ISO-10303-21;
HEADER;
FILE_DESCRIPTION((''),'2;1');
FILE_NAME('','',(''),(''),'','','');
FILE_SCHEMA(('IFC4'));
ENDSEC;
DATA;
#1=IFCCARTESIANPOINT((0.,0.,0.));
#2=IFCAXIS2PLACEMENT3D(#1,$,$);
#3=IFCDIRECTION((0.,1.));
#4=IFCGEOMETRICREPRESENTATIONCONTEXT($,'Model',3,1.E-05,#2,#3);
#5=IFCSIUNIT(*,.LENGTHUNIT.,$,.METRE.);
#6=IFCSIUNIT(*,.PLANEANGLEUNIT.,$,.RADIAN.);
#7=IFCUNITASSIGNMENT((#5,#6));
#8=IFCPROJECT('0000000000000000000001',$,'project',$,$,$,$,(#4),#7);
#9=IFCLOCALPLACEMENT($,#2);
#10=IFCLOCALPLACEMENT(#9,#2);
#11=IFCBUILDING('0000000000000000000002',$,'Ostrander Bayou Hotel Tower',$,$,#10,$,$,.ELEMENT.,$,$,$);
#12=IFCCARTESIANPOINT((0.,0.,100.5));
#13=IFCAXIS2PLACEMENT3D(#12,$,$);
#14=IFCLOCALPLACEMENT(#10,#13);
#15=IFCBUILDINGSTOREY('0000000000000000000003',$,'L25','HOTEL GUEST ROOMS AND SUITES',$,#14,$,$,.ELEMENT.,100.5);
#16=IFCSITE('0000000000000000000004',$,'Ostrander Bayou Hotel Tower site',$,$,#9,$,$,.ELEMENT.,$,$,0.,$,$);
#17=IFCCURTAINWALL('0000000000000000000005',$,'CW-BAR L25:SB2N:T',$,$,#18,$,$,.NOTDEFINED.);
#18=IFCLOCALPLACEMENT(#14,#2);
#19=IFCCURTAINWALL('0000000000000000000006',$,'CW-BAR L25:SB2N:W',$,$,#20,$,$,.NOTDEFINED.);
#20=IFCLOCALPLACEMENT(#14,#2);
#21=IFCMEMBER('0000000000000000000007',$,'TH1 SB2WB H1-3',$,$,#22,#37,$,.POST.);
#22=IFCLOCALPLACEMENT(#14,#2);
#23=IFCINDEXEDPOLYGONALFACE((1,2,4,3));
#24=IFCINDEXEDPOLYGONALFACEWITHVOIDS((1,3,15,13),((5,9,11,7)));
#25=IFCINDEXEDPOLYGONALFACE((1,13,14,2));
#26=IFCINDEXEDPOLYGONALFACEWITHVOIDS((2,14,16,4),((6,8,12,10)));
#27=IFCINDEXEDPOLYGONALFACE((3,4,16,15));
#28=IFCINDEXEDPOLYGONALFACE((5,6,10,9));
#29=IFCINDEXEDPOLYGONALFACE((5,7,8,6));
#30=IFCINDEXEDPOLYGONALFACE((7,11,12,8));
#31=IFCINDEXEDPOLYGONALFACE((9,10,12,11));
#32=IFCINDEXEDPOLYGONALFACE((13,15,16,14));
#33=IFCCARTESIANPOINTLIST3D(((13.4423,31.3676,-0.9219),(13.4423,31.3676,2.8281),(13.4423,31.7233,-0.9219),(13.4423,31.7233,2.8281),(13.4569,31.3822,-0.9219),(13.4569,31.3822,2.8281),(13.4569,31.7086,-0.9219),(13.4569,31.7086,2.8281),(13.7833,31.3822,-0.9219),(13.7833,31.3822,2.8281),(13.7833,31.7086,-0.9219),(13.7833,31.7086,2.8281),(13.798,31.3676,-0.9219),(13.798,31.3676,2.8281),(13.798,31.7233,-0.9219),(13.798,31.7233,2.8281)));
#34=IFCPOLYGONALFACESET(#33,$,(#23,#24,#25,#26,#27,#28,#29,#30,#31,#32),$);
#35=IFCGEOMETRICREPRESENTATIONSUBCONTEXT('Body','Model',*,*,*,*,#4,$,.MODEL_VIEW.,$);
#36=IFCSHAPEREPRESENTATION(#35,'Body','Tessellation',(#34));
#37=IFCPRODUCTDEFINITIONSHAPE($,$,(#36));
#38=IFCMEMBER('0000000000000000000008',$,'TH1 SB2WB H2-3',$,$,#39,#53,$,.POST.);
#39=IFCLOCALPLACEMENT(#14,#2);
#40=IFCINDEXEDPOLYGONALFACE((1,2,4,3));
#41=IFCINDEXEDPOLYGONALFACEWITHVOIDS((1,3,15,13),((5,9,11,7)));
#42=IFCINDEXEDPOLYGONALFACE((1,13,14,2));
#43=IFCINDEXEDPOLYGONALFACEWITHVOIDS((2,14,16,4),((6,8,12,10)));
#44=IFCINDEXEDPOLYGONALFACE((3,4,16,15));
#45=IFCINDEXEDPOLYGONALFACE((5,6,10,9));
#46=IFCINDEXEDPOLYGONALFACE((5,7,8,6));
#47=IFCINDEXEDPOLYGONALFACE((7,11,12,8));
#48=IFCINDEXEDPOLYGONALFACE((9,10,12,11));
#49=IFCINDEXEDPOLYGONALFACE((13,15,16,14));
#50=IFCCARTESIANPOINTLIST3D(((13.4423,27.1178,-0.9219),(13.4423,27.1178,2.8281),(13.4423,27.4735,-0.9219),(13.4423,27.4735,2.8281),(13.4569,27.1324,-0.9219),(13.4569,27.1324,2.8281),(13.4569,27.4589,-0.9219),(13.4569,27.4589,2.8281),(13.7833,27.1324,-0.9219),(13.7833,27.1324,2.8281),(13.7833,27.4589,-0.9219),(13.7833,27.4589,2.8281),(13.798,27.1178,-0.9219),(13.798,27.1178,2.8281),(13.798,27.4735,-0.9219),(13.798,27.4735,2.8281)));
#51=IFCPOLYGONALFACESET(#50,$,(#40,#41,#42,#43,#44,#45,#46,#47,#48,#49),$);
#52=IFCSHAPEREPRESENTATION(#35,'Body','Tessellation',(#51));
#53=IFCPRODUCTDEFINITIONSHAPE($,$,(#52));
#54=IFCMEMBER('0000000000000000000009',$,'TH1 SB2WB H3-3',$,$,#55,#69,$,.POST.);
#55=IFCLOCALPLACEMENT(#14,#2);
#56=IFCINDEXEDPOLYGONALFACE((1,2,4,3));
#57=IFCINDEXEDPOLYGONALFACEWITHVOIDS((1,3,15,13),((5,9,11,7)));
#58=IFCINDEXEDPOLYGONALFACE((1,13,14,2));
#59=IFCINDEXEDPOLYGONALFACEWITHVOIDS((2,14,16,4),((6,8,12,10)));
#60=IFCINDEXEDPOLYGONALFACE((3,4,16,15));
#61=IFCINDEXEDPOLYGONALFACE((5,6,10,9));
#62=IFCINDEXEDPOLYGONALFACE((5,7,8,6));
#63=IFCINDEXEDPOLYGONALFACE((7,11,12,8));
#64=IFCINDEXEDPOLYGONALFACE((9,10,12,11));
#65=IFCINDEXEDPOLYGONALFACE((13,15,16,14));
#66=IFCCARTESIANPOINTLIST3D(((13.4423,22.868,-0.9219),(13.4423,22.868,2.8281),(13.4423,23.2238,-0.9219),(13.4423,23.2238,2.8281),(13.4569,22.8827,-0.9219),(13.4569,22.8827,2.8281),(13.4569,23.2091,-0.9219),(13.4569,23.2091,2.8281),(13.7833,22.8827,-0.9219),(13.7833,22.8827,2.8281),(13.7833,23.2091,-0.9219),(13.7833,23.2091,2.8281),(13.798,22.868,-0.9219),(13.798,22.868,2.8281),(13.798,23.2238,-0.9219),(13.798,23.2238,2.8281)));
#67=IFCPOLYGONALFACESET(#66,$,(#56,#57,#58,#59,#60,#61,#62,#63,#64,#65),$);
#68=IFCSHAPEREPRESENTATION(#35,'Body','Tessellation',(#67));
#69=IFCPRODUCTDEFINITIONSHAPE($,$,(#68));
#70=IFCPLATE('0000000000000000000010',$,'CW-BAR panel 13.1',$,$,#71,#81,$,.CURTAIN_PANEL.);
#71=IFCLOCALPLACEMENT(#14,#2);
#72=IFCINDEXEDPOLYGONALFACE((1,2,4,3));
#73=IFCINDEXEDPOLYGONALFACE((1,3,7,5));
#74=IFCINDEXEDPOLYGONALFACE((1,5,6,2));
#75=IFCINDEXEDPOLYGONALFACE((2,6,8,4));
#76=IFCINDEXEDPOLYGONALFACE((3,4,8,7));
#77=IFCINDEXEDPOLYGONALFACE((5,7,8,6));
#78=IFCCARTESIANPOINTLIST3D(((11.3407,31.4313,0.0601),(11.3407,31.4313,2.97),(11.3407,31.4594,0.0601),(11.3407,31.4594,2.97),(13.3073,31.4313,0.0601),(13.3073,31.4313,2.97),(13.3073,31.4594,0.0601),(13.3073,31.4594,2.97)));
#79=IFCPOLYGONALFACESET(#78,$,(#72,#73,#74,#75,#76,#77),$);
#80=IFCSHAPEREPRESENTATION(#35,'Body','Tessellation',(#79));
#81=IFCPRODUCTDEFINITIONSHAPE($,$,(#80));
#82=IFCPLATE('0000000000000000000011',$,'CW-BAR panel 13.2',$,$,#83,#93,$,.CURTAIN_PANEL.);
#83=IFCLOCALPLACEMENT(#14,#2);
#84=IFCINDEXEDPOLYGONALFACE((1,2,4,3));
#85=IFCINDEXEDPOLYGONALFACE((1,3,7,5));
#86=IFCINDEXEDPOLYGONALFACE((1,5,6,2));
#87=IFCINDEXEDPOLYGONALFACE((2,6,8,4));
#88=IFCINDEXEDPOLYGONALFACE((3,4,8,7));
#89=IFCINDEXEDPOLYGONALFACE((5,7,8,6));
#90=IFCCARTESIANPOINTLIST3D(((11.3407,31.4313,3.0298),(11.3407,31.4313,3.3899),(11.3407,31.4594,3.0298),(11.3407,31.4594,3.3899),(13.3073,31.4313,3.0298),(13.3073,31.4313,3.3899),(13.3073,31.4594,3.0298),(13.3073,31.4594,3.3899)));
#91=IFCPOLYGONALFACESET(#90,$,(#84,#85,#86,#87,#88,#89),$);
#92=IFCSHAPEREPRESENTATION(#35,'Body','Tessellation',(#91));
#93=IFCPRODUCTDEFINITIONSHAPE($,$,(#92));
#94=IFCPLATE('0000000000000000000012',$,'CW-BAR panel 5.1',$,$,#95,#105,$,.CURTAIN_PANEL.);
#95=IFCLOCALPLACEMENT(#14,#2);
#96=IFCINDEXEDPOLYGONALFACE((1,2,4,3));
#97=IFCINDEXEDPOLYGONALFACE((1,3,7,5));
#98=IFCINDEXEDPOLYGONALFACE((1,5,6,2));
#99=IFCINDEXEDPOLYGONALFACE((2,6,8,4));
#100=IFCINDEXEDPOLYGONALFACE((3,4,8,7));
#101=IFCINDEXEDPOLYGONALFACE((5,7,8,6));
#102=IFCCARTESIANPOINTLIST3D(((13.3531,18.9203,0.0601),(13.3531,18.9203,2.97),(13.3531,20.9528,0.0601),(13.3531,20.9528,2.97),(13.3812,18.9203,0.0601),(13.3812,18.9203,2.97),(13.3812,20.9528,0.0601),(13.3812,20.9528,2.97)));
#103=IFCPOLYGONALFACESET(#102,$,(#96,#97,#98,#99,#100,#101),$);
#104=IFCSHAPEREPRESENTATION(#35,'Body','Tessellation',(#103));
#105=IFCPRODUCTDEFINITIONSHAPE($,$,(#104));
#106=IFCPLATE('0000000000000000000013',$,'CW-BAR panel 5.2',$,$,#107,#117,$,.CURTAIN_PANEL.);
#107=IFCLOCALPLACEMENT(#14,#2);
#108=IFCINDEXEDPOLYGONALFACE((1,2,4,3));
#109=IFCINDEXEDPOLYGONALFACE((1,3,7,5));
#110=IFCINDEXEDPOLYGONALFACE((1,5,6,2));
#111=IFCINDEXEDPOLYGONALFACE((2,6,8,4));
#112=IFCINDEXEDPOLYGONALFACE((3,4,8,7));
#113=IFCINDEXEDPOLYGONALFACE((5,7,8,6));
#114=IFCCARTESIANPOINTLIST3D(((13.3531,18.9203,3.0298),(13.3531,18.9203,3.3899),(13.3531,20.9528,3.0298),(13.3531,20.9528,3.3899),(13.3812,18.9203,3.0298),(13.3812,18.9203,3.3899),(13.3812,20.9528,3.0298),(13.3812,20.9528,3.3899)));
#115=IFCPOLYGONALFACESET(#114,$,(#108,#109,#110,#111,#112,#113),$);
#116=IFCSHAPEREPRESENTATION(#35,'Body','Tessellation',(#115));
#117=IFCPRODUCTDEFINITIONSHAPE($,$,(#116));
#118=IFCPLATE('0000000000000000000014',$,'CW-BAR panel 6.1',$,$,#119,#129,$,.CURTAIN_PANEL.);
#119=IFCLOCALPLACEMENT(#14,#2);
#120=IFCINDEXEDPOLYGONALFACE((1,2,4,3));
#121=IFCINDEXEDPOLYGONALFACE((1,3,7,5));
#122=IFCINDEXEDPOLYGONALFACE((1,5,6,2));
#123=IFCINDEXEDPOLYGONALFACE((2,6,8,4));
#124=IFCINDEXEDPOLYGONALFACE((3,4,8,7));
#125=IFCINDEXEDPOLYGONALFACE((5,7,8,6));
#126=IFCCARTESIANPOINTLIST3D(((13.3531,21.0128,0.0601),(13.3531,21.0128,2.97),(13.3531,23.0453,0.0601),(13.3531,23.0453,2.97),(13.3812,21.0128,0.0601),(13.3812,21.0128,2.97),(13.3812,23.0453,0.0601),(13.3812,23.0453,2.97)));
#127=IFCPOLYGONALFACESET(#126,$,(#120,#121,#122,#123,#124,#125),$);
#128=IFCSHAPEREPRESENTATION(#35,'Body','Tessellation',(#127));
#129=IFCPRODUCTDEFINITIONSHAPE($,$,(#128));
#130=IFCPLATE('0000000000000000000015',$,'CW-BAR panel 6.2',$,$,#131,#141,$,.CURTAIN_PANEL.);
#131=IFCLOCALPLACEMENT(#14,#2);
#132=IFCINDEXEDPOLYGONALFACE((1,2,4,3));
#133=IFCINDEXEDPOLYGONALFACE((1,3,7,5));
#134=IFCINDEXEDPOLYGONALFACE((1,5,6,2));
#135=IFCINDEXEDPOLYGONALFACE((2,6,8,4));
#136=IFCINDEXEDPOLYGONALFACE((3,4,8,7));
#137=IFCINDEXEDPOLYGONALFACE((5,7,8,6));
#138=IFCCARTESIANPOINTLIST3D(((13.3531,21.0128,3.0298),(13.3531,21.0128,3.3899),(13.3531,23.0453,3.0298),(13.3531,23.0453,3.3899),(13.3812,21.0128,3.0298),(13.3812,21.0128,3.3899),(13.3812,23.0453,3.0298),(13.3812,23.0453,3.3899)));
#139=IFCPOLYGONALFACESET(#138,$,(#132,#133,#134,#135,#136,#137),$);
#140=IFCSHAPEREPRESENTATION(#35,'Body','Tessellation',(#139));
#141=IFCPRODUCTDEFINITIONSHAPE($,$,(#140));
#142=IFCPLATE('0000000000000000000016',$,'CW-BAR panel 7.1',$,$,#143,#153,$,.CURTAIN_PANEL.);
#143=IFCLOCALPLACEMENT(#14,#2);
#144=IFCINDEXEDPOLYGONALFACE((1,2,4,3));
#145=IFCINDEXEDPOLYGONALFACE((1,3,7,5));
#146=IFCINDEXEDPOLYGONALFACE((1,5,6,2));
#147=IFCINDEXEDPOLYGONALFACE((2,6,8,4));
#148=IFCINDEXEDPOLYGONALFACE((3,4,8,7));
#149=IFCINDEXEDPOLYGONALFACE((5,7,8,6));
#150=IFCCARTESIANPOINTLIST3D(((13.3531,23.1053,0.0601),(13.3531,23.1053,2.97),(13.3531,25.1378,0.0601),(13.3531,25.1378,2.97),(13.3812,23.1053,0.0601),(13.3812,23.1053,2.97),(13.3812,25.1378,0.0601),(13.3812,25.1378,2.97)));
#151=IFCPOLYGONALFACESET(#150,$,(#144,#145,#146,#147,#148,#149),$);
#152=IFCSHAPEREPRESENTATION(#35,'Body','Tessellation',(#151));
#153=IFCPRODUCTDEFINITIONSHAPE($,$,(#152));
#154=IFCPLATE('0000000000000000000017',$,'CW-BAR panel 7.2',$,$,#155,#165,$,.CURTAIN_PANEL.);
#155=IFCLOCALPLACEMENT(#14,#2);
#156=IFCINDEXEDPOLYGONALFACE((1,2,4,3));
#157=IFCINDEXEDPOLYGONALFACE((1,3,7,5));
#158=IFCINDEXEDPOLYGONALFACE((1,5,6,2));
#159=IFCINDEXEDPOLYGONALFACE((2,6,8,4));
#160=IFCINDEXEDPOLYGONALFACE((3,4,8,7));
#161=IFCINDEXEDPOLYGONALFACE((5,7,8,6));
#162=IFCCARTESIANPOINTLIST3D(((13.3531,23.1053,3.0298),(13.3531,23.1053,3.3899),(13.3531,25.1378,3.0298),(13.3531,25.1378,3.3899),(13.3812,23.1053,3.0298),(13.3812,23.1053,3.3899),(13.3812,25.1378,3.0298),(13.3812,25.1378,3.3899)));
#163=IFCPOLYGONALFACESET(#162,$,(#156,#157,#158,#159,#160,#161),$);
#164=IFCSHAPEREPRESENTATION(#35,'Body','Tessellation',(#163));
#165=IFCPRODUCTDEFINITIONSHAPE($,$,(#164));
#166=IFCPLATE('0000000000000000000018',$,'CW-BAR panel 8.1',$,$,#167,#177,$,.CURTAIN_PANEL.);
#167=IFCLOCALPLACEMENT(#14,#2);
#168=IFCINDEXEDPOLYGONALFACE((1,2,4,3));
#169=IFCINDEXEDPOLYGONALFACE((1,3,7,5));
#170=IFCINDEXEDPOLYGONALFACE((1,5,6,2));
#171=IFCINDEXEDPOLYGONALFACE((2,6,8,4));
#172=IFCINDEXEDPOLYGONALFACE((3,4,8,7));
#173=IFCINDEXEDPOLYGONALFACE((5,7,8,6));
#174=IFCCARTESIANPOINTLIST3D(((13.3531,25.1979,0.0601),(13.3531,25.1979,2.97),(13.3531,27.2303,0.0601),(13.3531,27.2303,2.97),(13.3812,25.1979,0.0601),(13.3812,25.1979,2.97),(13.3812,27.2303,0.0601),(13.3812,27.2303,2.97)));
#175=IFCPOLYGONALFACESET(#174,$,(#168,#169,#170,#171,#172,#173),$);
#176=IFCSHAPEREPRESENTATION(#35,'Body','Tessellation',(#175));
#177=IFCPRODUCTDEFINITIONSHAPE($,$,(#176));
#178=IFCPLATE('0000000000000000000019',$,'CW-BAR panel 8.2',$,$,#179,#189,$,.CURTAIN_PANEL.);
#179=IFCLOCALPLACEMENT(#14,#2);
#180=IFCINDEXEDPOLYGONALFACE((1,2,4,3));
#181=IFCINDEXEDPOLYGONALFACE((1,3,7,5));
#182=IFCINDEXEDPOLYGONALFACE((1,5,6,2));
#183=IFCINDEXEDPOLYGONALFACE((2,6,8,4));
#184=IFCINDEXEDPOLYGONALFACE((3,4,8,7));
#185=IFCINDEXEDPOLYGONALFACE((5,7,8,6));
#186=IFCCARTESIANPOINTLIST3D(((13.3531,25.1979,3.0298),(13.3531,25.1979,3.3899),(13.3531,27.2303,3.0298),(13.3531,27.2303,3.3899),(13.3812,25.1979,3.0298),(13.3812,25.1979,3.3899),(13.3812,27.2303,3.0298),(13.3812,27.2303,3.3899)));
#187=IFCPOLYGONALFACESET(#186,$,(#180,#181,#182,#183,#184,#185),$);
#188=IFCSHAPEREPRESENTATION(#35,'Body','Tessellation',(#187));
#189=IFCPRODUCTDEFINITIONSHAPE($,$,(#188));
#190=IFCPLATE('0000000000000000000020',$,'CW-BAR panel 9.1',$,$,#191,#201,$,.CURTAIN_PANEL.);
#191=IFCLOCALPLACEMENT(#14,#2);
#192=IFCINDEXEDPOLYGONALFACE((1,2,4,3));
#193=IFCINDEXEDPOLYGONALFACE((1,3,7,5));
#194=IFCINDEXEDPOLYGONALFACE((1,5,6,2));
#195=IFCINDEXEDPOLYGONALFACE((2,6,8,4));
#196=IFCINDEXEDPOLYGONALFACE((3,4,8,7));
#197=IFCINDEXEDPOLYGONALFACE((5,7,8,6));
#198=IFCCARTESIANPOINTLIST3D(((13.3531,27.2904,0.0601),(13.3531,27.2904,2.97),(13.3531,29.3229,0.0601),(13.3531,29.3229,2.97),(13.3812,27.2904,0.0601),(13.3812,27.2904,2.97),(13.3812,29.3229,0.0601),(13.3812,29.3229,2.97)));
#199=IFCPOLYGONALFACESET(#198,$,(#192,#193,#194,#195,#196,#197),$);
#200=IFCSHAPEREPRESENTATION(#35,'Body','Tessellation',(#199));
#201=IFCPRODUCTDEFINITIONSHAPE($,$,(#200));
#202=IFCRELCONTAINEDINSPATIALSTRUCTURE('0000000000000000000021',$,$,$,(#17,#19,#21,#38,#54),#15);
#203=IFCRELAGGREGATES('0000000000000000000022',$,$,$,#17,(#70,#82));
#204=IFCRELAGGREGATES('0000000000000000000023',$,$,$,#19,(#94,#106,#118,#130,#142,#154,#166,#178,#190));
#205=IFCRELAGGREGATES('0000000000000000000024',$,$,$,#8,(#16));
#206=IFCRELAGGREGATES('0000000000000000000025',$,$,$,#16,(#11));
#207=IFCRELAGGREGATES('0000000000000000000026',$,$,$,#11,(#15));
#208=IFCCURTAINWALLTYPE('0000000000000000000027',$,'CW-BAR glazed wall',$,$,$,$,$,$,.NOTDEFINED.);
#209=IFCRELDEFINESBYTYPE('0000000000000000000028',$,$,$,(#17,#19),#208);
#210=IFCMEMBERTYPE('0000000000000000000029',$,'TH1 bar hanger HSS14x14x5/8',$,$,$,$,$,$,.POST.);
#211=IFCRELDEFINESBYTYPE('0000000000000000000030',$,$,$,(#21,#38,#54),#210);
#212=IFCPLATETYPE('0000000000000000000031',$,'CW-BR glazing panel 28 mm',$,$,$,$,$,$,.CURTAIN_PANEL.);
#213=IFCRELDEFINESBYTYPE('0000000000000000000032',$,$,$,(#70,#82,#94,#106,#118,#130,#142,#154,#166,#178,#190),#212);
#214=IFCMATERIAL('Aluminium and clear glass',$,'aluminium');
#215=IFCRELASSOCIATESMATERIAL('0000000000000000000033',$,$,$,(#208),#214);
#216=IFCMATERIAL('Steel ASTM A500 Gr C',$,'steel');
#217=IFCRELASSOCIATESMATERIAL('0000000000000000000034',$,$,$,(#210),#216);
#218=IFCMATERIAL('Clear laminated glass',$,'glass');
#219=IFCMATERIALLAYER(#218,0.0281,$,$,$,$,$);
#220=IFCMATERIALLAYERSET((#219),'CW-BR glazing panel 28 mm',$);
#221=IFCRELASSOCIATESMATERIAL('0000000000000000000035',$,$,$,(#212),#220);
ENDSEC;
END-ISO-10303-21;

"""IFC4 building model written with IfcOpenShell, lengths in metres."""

from ifc_helpers import new_model, si_unit, direction, frame, origin, origin_2d, place, context, subcontext, project, spatial, rectangle, hollow_rectangle, extrude, material, layer, layer_set, material_profile, profile_set, type_object, element, aggregate, save


model = new_model("IFC4")

# Units and contexts
model_context = context("Model", 3, precision=1e-05, world=origin(), true_north=direction((0.0, 1.0)))
body_context = subcontext(model_context, "Body", "Model", "MODEL_VIEW")
ifc_project = project(units=[si_unit("LENGTHUNIT", "METRE"), si_unit("PLANEANGLEUNIT", "RADIAN")], contexts=[model_context])

# Site, building, storey
site_placement = place(None, origin())
site = spatial("IfcSite", under=ifc_project, at=site_placement, Name="Ostrander Bayou Hotel Tower site", CompositionType="ELEMENT", RefElevation=0.0)
building_placement = place(site_placement, origin())
building = spatial("IfcBuilding", under=site, at=building_placement, Name="Ostrander Bayou Hotel Tower", CompositionType="ELEMENT")
storey_placement = place(building_placement, frame((0.0, 0.0, 100.5)))
storey = spatial("IfcBuildingStorey", under=building, at=storey_placement, Name="L25", Description="HOTEL GUEST ROOMS AND SUITES", CompositionType="ELEMENT", Elevation=100.5)

# Curtain wall
ifc_material_1 = material(Name="Aluminium and clear glass", Category="aluminium")
curtain_wall_type = type_object("IfcCurtainWallType", Name="CW-BAR glazed wall", PredefinedType="NOTDEFINED", material=ifc_material_1)
curtain_wall_1_placement = place(storey_placement, origin())
curtain_wall_1 = element("IfcCurtainWall", 1, at=curtain_wall_1_placement, inside=storey, type_object=curtain_wall_type, Name="CW-BAR L25:SB2N:T", PredefinedType="NOTDEFINED")

# Curtain wall
curtain_wall_2_placement = place(storey_placement, origin())
curtain_wall_2 = element("IfcCurtainWall", 2, at=curtain_wall_2_placement, inside=storey, type_object=curtain_wall_type, Name="CW-BAR L25:SB2N:W", PredefinedType="NOTDEFINED")

# Members
ifc_material_2 = material(Name="Steel ASTM A500 Gr C", Category="steel")
ifc_material_profile_1 = material_profile(ifc_material_2, hollow_rectangle(XDim=0.3557, YDim=0.3557, WallThickness=0.0146, at=origin_2d()))
ifc_profile_set_1 = profile_set([ifc_material_profile_1], Name="Steel ASTM A500 Gr C")
member_type_1 = type_object("IfcMemberType", Name="TH1 bar hanger HSS14x14x5/8", PredefinedType="POST", material=ifc_profile_set_1)
for number, where, z_axis, x_axis, name in (
    (3, (13.6201, 31.5454, -0.9219), (0.0, 0.0, 1.0), (1.0, 0.0, 0.0), "TH1 SB2WB H1-3"),
    (4, (13.6201, 27.2957, -0.9219), (0.0, 0.0, 1.0), (1.0, 0.0, 0.0), "TH1 SB2WB H2-3"),
    (5, (13.6201, 23.0459, -0.9219), (0.0, 0.0, 1.0), (1.0, 0.0, 0.0), "TH1 SB2WB H3-3"),
):
    element("IfcMember", number, at=place(storey_placement, frame(where, z_axis=z_axis, x_axis=x_axis)), inside=storey, type_object=member_type_1, Name=name, PredefinedType="POST", context=body_context, shape_type="SweptSolid", body=[
        extrude(hollow_rectangle(XDim=0.3557, YDim=0.3557, WallThickness=0.0146, at=origin_2d()), origin(), (0.0, 0.0, 1.0), 3.75),
    ])

# Plates
ifc_material_3 = material(Name="Clear laminated glass", Category="glass")
ifc_layer = layer(ifc_material_3, 0.0281)
ifc_layer_set = layer_set([ifc_layer], Name="CW-BR glazing panel 28 mm")
plate_type = type_object("IfcPlateType", Name="CW-BR glazing panel 28 mm", PredefinedType="CURTAIN_PANEL", material=ifc_layer_set)
plate_1_placement = place(storey_placement, frame((12.324, 31.4453, 0.0601), z_axis=(0.0, 0.0, 1.0), x_axis=(1.0, 0.0, 0.0)))
plate_1 = element("IfcPlate", 6, at=plate_1_placement, type_object=plate_type, Name="CW-BAR panel 13.1", PredefinedType="CURTAIN_PANEL", context=body_context, shape_type="SweptSolid", body=[
    extrude(rectangle(XDim=1.9666, YDim=0.0281, at=origin_2d()), origin(), (0.0, 0.0, 1.0), 2.9099),
])
plate_2_placement = place(storey_placement, frame((12.324, 31.4453, 3.0298), z_axis=(0.0, 0.0, 1.0), x_axis=(1.0, 0.0, 0.0)))
plate_2 = element("IfcPlate", 7, at=plate_2_placement, type_object=plate_type, Name="CW-BAR panel 13.2", PredefinedType="CURTAIN_PANEL", context=body_context, shape_type="SweptSolid", body=[
    extrude(rectangle(XDim=1.9666, YDim=0.0281, at=origin_2d()), origin(), (0.0, 0.0, 1.0), 0.3601),
])
aggregate(curtain_wall_1, [plate_1, plate_2])
plate_3_placement = place(storey_placement, frame((13.3672, 19.9365, 0.0601), z_axis=(0.0, 0.0, 1.0), x_axis=(0.0, 1.0, 0.0)))
plate_3 = element("IfcPlate", 8, at=plate_3_placement, type_object=plate_type, Name="CW-BAR panel 5.1", PredefinedType="CURTAIN_PANEL", context=body_context, shape_type="SweptSolid", body=[
    extrude(rectangle(XDim=2.0325, YDim=0.0281, at=origin_2d()), origin(), (0.0, 0.0, 1.0), 2.9099),
])
plate_4_placement = place(storey_placement, frame((13.3672, 19.9365, 3.0298), z_axis=(0.0, 0.0, 1.0), x_axis=(0.0, 1.0, 0.0)))
plate_4 = element("IfcPlate", 9, at=plate_4_placement, type_object=plate_type, Name="CW-BAR panel 5.2", PredefinedType="CURTAIN_PANEL", context=body_context, shape_type="SweptSolid", body=[
    extrude(rectangle(XDim=2.0325, YDim=0.0281, at=origin_2d()), origin(), (0.0, 0.0, 1.0), 0.3601),
])
plate_5_placement = place(storey_placement, frame((13.3672, 22.0291, 0.0601), z_axis=(0.0, 0.0, 1.0), x_axis=(0.0, 1.0, 0.0)))
plate_5 = element("IfcPlate", 10, at=plate_5_placement, type_object=plate_type, Name="CW-BAR panel 6.1", PredefinedType="CURTAIN_PANEL", context=body_context, shape_type="SweptSolid", body=[
    extrude(rectangle(XDim=2.0325, YDim=0.0281, at=origin_2d()), origin(), (0.0, 0.0, 1.0), 2.9099),
])
plate_6_placement = place(storey_placement, frame((13.3672, 22.0291, 3.0298), z_axis=(0.0, 0.0, 1.0), x_axis=(0.0, 1.0, 0.0)))
plate_6 = element("IfcPlate", 11, at=plate_6_placement, type_object=plate_type, Name="CW-BAR panel 6.2", PredefinedType="CURTAIN_PANEL", context=body_context, shape_type="SweptSolid", body=[
    extrude(rectangle(XDim=2.0325, YDim=0.0281, at=origin_2d()), origin(), (0.0, 0.0, 1.0), 0.3601),
])
plate_7_placement = place(storey_placement, frame((13.3672, 24.1216, 0.0601), z_axis=(0.0, 0.0, 1.0), x_axis=(0.0, 1.0, 0.0)))
plate_7 = element("IfcPlate", 12, at=plate_7_placement, type_object=plate_type, Name="CW-BAR panel 7.1", PredefinedType="CURTAIN_PANEL", context=body_context, shape_type="SweptSolid", body=[
    extrude(rectangle(XDim=2.0325, YDim=0.0281, at=origin_2d()), origin(), (0.0, 0.0, 1.0), 2.9099),
])
plate_8_placement = place(storey_placement, frame((13.3672, 24.1216, 3.0298), z_axis=(0.0, 0.0, 1.0), x_axis=(0.0, 1.0, 0.0)))
plate_8 = element("IfcPlate", 13, at=plate_8_placement, type_object=plate_type, Name="CW-BAR panel 7.2", PredefinedType="CURTAIN_PANEL", context=body_context, shape_type="SweptSolid", body=[
    extrude(rectangle(XDim=2.0325, YDim=0.0281, at=origin_2d()), origin(), (0.0, 0.0, 1.0), 0.3601),
])
plate_9_placement = place(storey_placement, frame((13.3672, 26.2141, 0.0601), z_axis=(0.0, 0.0, 1.0), x_axis=(0.0, 1.0, 0.0)))
plate_9 = element("IfcPlate", 14, at=plate_9_placement, type_object=plate_type, Name="CW-BAR panel 8.1", PredefinedType="CURTAIN_PANEL", context=body_context, shape_type="SweptSolid", body=[
    extrude(rectangle(XDim=2.0325, YDim=0.0281, at=origin_2d()), origin(), (0.0, 0.0, 1.0), 2.9099),
])
plate_10_placement = place(storey_placement, frame((13.3672, 26.2141, 3.0298), z_axis=(0.0, 0.0, 1.0), x_axis=(0.0, 1.0, 0.0)))
plate_10 = element("IfcPlate", 15, at=plate_10_placement, type_object=plate_type, Name="CW-BAR panel 8.2", PredefinedType="CURTAIN_PANEL", context=body_context, shape_type="SweptSolid", body=[
    extrude(rectangle(XDim=2.0325, YDim=0.0281, at=origin_2d()), origin(), (0.0, 0.0, 1.0), 0.3601),
])
plate_11_placement = place(storey_placement, frame((13.3672, 28.3066, 0.0601), z_axis=(0.0, 0.0, 1.0), x_axis=(0.0, 1.0, 0.0)))
plate_11 = element("IfcPlate", 16, at=plate_11_placement, type_object=plate_type, Name="CW-BAR panel 9.1", PredefinedType="CURTAIN_PANEL", context=body_context, shape_type="SweptSolid", body=[
    extrude(rectangle(XDim=2.0325, YDim=0.0281, at=origin_2d()), origin(), (0.0, 0.0, 1.0), 2.9099),
])
aggregate(curtain_wall_2, [plate_3, plate_4, plate_5, plate_6, plate_7, plate_8, plate_9, plate_10, plate_11])

save(model, "model.ifc")
